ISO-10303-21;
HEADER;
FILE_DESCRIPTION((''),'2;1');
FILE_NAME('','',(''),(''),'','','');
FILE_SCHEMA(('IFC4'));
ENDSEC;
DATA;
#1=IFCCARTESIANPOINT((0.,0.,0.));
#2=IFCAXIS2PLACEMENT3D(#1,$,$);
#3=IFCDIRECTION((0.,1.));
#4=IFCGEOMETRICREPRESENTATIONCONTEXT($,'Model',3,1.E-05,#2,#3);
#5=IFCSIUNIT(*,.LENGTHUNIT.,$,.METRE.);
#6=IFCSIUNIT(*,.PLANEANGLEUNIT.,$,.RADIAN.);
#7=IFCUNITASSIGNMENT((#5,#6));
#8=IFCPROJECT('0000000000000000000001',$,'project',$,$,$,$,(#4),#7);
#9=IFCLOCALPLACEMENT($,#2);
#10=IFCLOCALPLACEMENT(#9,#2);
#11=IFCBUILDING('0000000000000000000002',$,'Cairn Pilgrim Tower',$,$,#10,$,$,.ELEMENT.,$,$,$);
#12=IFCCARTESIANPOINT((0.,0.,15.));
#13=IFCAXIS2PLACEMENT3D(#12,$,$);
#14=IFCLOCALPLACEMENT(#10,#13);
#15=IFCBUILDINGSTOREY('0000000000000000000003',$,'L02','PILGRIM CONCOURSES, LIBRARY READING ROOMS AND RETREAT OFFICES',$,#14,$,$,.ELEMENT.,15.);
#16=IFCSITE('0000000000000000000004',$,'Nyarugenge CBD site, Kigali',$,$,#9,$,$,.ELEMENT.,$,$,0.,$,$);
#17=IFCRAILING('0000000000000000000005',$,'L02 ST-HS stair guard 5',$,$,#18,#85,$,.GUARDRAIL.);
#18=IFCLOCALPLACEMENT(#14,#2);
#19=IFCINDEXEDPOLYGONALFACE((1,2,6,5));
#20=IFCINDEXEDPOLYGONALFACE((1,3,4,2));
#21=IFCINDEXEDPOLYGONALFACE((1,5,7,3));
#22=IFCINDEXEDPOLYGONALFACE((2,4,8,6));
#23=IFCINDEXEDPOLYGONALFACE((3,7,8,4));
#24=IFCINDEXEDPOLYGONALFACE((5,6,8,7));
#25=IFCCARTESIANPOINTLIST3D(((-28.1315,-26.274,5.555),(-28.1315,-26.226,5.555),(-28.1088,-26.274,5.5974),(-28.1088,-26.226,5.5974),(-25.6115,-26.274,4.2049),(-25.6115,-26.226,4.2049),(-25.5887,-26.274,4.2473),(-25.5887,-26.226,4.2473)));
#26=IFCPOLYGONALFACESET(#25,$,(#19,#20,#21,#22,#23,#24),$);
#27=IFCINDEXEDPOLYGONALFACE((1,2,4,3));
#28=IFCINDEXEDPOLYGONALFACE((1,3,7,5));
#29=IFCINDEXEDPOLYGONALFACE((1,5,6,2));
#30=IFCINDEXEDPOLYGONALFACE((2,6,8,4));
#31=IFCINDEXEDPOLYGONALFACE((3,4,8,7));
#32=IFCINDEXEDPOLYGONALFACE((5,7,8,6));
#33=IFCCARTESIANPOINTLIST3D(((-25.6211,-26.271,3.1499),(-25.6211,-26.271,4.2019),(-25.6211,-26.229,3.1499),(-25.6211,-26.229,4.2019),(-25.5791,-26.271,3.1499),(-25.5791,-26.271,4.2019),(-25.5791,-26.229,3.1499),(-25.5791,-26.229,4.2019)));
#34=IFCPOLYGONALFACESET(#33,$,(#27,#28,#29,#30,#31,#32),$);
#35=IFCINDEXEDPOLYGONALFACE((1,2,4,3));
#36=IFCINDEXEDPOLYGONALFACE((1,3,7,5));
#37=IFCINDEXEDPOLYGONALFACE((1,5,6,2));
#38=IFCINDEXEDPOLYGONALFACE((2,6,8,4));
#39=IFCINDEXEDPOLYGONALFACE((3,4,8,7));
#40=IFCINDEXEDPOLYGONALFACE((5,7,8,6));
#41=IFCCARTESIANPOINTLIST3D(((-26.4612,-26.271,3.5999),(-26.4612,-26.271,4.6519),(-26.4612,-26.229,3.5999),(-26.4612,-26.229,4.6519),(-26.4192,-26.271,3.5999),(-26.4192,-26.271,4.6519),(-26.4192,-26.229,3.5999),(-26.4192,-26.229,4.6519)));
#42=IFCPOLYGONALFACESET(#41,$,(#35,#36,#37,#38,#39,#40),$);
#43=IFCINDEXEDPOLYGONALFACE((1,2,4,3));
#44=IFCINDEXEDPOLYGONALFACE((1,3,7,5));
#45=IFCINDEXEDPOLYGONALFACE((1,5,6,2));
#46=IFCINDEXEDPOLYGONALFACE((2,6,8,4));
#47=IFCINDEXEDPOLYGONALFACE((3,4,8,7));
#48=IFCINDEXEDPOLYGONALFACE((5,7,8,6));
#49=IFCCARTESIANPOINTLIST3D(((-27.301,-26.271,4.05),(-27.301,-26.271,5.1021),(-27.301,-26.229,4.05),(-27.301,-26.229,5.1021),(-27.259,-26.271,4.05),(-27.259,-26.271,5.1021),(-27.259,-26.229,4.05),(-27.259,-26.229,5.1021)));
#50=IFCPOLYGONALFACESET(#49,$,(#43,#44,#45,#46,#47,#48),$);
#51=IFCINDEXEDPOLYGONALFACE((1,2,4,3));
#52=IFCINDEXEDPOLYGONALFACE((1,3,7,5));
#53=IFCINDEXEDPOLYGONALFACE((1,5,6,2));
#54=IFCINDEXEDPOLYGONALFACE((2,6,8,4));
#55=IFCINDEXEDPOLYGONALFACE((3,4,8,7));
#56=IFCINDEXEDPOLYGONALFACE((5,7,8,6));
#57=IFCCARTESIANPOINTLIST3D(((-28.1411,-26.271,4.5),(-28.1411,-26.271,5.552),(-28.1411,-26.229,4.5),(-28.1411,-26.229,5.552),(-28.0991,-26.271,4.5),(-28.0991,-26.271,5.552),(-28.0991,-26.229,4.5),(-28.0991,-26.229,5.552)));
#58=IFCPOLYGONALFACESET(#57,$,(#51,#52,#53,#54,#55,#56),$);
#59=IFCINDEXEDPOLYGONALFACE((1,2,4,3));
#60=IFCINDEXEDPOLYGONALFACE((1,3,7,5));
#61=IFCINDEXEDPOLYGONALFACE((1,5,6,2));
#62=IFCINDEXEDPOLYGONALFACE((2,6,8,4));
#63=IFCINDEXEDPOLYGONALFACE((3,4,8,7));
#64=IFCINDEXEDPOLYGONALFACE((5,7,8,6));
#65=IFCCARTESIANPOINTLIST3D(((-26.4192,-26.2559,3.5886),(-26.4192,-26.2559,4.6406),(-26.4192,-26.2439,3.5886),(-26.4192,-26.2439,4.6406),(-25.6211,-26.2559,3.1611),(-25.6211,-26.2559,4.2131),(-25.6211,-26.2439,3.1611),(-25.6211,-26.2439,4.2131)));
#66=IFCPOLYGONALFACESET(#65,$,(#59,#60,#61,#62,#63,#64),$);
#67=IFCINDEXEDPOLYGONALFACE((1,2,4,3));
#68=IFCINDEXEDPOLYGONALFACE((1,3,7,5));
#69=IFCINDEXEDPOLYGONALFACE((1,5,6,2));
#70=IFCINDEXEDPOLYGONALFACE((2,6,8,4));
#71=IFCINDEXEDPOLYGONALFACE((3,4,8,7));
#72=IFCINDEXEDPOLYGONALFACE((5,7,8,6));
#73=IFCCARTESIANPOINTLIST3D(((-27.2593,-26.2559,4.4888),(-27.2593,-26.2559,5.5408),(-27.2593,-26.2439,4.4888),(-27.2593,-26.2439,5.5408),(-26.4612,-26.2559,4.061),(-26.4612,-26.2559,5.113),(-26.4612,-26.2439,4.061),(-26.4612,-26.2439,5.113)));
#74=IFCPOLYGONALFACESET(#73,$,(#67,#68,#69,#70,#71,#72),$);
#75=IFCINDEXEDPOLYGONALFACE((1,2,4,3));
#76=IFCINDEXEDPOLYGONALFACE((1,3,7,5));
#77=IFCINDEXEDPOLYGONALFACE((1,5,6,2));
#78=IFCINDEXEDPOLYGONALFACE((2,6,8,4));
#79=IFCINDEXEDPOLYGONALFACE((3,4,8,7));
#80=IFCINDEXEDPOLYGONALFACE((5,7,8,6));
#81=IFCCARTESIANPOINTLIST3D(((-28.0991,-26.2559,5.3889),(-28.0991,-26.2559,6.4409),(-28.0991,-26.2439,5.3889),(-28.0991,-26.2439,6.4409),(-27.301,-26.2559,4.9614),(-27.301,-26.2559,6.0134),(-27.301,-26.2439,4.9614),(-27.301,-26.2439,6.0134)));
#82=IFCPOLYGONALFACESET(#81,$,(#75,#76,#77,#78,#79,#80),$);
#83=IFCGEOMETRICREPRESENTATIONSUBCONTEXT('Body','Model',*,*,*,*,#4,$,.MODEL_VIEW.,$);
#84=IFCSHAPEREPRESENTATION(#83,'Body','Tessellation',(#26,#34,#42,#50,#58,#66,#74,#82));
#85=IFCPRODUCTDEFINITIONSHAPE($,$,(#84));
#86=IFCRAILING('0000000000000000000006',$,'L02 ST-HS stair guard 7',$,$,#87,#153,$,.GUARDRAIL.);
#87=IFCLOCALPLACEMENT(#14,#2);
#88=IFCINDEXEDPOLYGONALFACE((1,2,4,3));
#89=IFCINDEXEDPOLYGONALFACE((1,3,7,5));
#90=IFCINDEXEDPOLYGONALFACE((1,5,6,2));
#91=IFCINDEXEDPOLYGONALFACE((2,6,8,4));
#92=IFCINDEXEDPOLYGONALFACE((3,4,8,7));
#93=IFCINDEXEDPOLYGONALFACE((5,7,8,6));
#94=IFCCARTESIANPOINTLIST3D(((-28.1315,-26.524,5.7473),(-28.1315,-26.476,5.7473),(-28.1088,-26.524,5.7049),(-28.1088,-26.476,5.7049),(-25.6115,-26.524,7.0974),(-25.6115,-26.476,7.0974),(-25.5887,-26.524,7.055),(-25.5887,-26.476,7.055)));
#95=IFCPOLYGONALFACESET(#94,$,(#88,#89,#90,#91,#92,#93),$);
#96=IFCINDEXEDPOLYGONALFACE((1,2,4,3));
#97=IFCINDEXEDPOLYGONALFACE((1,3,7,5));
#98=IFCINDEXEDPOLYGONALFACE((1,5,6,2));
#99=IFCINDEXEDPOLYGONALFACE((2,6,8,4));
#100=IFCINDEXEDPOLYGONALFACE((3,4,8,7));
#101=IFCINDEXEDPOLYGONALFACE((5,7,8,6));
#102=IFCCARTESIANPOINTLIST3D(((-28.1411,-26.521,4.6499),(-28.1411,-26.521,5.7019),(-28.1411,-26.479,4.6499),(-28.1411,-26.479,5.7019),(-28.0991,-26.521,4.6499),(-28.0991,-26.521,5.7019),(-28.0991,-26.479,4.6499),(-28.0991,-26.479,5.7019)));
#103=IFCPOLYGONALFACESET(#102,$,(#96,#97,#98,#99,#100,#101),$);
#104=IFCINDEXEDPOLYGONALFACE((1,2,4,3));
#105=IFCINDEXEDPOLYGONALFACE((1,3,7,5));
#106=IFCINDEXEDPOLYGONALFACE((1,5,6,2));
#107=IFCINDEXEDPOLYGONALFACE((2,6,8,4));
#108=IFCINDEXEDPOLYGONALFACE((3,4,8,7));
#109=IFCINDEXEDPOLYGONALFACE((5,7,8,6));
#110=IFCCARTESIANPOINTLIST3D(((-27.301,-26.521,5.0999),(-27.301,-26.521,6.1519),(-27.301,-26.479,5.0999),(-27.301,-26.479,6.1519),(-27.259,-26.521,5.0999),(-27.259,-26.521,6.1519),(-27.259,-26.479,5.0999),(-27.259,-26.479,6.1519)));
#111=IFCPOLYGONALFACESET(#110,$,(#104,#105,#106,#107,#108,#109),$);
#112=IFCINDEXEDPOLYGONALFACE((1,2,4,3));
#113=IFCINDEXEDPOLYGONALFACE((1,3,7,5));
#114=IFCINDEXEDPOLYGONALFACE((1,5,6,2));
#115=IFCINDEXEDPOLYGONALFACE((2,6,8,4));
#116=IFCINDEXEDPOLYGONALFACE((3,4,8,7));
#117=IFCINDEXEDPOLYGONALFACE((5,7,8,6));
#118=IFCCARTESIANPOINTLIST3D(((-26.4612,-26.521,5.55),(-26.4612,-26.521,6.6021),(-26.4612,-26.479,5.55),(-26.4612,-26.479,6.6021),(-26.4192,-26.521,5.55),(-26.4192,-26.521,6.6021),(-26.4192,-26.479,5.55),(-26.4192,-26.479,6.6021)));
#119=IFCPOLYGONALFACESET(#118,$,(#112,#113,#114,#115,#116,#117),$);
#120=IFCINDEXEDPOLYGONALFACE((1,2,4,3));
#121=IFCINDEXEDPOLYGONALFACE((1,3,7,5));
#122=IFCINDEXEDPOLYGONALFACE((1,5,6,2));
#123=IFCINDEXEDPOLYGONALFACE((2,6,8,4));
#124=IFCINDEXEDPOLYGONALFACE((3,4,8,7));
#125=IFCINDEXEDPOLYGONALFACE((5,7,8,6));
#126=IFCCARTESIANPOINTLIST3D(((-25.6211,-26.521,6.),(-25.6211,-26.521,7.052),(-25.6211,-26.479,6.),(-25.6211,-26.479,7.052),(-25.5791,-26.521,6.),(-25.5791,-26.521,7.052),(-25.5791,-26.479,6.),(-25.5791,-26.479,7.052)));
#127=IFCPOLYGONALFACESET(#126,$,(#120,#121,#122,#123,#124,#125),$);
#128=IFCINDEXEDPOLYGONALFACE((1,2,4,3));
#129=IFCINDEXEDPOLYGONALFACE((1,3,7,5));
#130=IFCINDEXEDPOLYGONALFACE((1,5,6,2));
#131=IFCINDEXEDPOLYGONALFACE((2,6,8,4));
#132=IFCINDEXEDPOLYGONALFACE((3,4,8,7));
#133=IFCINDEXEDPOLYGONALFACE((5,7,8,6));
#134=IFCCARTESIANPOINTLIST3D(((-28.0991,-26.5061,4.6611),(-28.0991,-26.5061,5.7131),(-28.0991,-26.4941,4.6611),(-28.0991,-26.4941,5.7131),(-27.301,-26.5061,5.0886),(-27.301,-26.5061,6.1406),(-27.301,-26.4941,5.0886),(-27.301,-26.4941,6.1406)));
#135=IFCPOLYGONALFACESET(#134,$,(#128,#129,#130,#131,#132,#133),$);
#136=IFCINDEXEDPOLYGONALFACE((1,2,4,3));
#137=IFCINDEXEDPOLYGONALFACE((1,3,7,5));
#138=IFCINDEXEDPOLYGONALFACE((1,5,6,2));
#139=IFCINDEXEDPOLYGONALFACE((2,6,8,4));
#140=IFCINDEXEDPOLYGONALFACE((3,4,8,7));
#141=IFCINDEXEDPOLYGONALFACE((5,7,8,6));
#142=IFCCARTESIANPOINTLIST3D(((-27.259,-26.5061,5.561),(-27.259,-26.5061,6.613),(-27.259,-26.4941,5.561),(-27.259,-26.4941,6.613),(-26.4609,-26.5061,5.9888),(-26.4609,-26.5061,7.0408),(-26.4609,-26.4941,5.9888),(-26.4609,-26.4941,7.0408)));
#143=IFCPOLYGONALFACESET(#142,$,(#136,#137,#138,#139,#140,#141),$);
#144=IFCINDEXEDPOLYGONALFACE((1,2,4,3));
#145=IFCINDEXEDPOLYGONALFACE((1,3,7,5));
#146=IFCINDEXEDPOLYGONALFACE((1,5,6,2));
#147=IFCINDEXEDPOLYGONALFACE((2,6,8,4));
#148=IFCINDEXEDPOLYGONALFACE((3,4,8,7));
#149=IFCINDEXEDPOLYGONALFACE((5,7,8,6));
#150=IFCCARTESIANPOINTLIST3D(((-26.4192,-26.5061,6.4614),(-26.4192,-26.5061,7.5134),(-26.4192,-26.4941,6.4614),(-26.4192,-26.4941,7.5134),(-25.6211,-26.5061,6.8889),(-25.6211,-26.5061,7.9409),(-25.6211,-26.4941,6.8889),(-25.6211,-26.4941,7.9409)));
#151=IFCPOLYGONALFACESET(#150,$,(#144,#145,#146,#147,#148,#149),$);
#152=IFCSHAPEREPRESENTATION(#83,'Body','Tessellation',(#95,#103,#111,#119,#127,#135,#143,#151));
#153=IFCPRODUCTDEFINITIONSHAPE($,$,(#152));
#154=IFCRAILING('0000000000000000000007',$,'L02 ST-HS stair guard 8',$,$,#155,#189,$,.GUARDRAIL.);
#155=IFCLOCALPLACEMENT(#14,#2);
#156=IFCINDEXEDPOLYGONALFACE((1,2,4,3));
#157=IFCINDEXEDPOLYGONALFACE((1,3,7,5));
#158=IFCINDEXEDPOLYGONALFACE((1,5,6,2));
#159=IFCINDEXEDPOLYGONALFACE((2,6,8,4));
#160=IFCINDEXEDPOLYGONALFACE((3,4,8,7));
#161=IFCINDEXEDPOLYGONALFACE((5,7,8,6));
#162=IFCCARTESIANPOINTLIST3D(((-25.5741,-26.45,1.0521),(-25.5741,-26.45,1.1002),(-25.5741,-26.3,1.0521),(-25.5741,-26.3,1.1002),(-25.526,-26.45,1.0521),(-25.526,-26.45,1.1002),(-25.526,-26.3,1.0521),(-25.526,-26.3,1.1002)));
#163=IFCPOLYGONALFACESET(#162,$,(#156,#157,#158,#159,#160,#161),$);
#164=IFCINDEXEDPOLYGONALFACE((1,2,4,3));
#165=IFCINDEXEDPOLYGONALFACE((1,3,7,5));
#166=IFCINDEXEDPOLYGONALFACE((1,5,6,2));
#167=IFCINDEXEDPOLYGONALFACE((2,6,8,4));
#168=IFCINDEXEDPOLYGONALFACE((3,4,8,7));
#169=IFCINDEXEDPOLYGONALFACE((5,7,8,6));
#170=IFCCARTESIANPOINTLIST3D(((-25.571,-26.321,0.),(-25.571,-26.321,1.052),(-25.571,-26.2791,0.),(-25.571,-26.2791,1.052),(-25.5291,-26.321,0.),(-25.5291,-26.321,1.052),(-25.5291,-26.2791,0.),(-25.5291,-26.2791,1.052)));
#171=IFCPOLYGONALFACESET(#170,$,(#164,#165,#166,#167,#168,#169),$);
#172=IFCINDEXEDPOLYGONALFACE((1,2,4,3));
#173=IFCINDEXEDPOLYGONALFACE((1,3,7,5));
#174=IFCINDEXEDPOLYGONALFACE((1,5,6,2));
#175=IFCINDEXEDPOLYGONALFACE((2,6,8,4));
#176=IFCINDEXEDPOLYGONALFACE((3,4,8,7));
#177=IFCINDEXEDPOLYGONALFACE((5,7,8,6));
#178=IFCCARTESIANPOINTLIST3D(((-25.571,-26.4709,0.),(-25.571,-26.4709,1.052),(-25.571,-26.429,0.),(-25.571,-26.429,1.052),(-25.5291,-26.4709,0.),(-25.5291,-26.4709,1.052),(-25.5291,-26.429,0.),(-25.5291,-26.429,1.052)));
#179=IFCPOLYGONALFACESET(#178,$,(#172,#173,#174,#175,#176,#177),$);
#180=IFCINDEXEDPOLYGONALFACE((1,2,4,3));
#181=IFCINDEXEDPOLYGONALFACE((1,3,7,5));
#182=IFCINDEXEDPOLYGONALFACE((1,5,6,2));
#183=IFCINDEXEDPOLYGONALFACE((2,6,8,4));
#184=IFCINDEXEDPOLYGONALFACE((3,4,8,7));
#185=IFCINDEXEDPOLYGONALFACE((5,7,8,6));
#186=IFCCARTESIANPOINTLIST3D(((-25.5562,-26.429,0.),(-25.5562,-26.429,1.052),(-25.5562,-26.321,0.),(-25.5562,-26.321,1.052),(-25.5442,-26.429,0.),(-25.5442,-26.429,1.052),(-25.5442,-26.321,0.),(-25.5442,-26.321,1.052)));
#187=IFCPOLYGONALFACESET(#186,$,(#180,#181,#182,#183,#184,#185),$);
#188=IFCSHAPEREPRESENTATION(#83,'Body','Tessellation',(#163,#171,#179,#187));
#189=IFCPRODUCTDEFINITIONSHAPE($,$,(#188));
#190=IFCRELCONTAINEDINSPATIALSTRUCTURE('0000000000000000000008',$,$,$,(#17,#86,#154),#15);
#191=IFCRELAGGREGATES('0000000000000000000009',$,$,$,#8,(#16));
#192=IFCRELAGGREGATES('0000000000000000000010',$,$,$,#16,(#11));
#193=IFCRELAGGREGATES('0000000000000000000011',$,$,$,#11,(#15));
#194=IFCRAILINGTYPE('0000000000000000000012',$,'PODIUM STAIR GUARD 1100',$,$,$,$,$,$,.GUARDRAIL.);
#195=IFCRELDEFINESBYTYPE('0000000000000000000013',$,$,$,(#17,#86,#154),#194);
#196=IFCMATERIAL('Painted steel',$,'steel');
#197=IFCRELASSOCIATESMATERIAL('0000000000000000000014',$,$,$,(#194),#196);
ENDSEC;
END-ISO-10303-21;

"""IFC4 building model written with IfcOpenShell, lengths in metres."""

from ifc_helpers import new_model, si_unit, direction, frame, origin, origin_2d, place, context, subcontext, project, spatial, polyline, rectangle, outline, extrude, material, type_object, element, save


model = new_model("IFC4")

# Units and contexts
model_context = context("Model", 3, precision=1e-05, world=origin(), true_north=direction((0.0, 1.0)))
body_context = subcontext(model_context, "Body", "Model", "MODEL_VIEW")
ifc_project = project(units=[si_unit("LENGTHUNIT", "METRE"), si_unit("PLANEANGLEUNIT", "RADIAN")], contexts=[model_context])

# Site, building, storey
site_placement = place(None, origin())
site = spatial("IfcSite", under=ifc_project, at=site_placement, Name="Nyarugenge CBD site, Kigali", CompositionType="ELEMENT", RefElevation=0.0)
building_placement = place(site_placement, origin())
building = spatial("IfcBuilding", under=site, at=building_placement, Name="Cairn Pilgrim Tower", CompositionType="ELEMENT")
storey_placement = place(building_placement, frame((0.0, 0.0, 15.0)))
storey = spatial("IfcBuildingStorey", under=building, at=storey_placement, Name="L02", Description="PILGRIM CONCOURSES, LIBRARY READING ROOMS AND RETREAT OFFICES", CompositionType="ELEMENT", Elevation=15.0)

# Railings
ifc_material_1 = material(Name="Painted steel", Category="steel")
railing_type_1 = type_object("IfcRailingType", Name="PODIUM STAIR GUARD 1100", PredefinedType="GUARDRAIL", material=ifc_material_1)
railing_1_placement = place(storey_placement, frame((-25.6001, -26.25, 3.1499)))
element("IfcRailing", 1, at=railing_1_placement, inside=storey, type_object=railing_type_1, Name="L02 ST-HS stair guard 5", PredefinedType="GUARDRAIL", context=body_context, shape_type="SweptSolid", body=[
    extrude(rectangle(XDim=0.0481, YDim=0.0481, at=origin_2d()), frame((0.0, 0.0, 1.0762), z_axis=(-0.881467, 0.0, 0.472245), x_axis=(0.0, -1.0, 0.0)), (0.0, 0.0, 1.0), 2.8589),
    extrude(rectangle(XDim=0.042, YDim=0.042, at=origin_2d()), origin(), (0.0, 0.0, 1.0), 1.052),
    extrude(rectangle(XDim=0.042, YDim=0.042, at=origin_2d()), frame((-0.8401, 0.0, 0.45)), (0.0, 0.0, 1.0), 1.052),
    extrude(rectangle(XDim=0.042, YDim=0.042, at=origin_2d()), frame((-1.6799, 0.0, 0.9001)), (0.0, 0.0, 1.0), 1.052),
    extrude(rectangle(XDim=0.042, YDim=0.042, at=origin_2d()), frame((-2.52, 0.0, 1.3501)), (0.0, 0.0, 1.0), 1.052),
    extrude(outline(polyline([(0.021, 0.0112), (0.8191, 0.4387), (0.8191, 1.4907), (0.021, 1.0632), (0.021, 0.0112)])), frame((0.0, -0.0059, 0.0), z_axis=(0.0, 1.0, 0.0), x_axis=(-1.0, 0.0, 0.0)), (0.0, 0.0, 1.0), 0.012),
    extrude(outline(polyline([(0.021, 0.4612), (0.8191, 0.8889), (0.8191, 1.9409), (0.021, 1.5132), (0.021, 0.4612)])), frame((-0.8401, -0.0059, 0.45), z_axis=(0.0, 1.0, 0.0), x_axis=(-1.0, 0.0, 0.0)), (0.0, 0.0, 1.0), 0.012),
    extrude(outline(polyline([(0.021, 0.9114), (0.8191, 1.3389), (0.8191, 2.3909), (0.021, 1.9634), (0.021, 0.9114)])), frame((-1.6799, -0.0059, 0.9001), z_axis=(0.0, 1.0, 0.0), x_axis=(-1.0, 0.0, 0.0)), (0.0, 0.0, 1.0), 0.012),
])
railing_2_placement = place(storey_placement, frame((-28.1201, -26.5, 4.6499)))
element("IfcRailing", 2, at=railing_2_placement, inside=storey, type_object=railing_type_1, Name="L02 ST-HS stair guard 7", PredefinedType="GUARDRAIL", context=body_context, shape_type="SweptSolid", body=[
    extrude(rectangle(XDim=0.0481, YDim=0.0481, at=origin_2d()), frame((0.0, 0.0, 1.0762), z_axis=(0.881467, 0.0, 0.472245), x_axis=(0.0, 1.0, 0.0)), (0.0, 0.0, 1.0), 2.8589),
    extrude(rectangle(XDim=0.042, YDim=0.042, at=origin_2d()), origin(), (0.0, 0.0, 1.0), 1.052),
    extrude(rectangle(XDim=0.042, YDim=0.042, at=origin_2d()), frame((0.8401, 0.0, 0.45)), (0.0, 0.0, 1.0), 1.052),
    extrude(rectangle(XDim=0.042, YDim=0.042, at=origin_2d()), frame((1.6799, 0.0, 0.9001)), (0.0, 0.0, 1.0), 1.052),
    extrude(rectangle(XDim=0.042, YDim=0.042, at=origin_2d()), frame((2.52, 0.0, 1.3501)), (0.0, 0.0, 1.0), 1.052),
    extrude(outline(polyline([(0.021, 0.0112), (0.8191, 0.4387), (0.8191, 1.4907), (0.021, 1.0632), (0.021, 0.0112)])), frame((0.0, 0.0059, 0.0), z_axis=(0.0, -1.0, 0.0), x_axis=(1.0, 0.0, 0.0)), (0.0, 0.0, 1.0), 0.012),
    extrude(outline(polyline([(0.021, 0.4612), (0.8191, 0.8889), (0.8191, 1.9409), (0.021, 1.5132), (0.021, 0.4612)])), frame((0.8401, 0.0059, 0.45), z_axis=(0.0, -1.0, 0.0), x_axis=(1.0, 0.0, 0.0)), (0.0, 0.0, 1.0), 0.012),
    extrude(outline(polyline([(0.021, 0.9114), (0.8191, 1.3389), (0.8191, 2.3909), (0.021, 1.9634), (0.021, 0.9114)])), frame((1.6799, 0.0059, 0.9001), z_axis=(0.0, -1.0, 0.0), x_axis=(1.0, 0.0, 0.0)), (0.0, 0.0, 1.0), 0.012),
])
railing_3_placement = place(storey_placement, frame((-25.55, -26.3, 0.0)))
element("IfcRailing", 3, at=railing_3_placement, inside=storey, type_object=railing_type_1, Name="L02 ST-HS stair guard 8", PredefinedType="GUARDRAIL", context=body_context, shape_type="SweptSolid", body=[
    extrude(rectangle(XDim=0.0481, YDim=0.0481, at=origin_2d()), frame((0.0, 0.0, 1.0762), z_axis=(0.0, -1.0, 0.0), x_axis=(1.0, 0.0, 0.0)), (0.0, 0.0, 1.0), 0.1499),
    extrude(rectangle(XDim=0.042, YDim=0.042, at=origin_2d()), origin(), (0.0, 0.0, 1.0), 1.052),
    extrude(rectangle(XDim=0.042, YDim=0.042, at=origin_2d()), frame((0.0, -0.1499, 0.0)), (0.0, 0.0, 1.0), 1.052),
    extrude(outline(polyline([(0.021, 0.0), (0.1289, 0.0), (0.1289, 1.052), (0.021, 1.052), (0.021, 0.0)])), frame((0.0059, 0.0, 0.0), z_axis=(-1.0, 0.0, 0.0), x_axis=(0.0, -1.0, 0.0)), (0.0, 0.0, 1.0), 0.012),
])

save(model, "model.ifc")
